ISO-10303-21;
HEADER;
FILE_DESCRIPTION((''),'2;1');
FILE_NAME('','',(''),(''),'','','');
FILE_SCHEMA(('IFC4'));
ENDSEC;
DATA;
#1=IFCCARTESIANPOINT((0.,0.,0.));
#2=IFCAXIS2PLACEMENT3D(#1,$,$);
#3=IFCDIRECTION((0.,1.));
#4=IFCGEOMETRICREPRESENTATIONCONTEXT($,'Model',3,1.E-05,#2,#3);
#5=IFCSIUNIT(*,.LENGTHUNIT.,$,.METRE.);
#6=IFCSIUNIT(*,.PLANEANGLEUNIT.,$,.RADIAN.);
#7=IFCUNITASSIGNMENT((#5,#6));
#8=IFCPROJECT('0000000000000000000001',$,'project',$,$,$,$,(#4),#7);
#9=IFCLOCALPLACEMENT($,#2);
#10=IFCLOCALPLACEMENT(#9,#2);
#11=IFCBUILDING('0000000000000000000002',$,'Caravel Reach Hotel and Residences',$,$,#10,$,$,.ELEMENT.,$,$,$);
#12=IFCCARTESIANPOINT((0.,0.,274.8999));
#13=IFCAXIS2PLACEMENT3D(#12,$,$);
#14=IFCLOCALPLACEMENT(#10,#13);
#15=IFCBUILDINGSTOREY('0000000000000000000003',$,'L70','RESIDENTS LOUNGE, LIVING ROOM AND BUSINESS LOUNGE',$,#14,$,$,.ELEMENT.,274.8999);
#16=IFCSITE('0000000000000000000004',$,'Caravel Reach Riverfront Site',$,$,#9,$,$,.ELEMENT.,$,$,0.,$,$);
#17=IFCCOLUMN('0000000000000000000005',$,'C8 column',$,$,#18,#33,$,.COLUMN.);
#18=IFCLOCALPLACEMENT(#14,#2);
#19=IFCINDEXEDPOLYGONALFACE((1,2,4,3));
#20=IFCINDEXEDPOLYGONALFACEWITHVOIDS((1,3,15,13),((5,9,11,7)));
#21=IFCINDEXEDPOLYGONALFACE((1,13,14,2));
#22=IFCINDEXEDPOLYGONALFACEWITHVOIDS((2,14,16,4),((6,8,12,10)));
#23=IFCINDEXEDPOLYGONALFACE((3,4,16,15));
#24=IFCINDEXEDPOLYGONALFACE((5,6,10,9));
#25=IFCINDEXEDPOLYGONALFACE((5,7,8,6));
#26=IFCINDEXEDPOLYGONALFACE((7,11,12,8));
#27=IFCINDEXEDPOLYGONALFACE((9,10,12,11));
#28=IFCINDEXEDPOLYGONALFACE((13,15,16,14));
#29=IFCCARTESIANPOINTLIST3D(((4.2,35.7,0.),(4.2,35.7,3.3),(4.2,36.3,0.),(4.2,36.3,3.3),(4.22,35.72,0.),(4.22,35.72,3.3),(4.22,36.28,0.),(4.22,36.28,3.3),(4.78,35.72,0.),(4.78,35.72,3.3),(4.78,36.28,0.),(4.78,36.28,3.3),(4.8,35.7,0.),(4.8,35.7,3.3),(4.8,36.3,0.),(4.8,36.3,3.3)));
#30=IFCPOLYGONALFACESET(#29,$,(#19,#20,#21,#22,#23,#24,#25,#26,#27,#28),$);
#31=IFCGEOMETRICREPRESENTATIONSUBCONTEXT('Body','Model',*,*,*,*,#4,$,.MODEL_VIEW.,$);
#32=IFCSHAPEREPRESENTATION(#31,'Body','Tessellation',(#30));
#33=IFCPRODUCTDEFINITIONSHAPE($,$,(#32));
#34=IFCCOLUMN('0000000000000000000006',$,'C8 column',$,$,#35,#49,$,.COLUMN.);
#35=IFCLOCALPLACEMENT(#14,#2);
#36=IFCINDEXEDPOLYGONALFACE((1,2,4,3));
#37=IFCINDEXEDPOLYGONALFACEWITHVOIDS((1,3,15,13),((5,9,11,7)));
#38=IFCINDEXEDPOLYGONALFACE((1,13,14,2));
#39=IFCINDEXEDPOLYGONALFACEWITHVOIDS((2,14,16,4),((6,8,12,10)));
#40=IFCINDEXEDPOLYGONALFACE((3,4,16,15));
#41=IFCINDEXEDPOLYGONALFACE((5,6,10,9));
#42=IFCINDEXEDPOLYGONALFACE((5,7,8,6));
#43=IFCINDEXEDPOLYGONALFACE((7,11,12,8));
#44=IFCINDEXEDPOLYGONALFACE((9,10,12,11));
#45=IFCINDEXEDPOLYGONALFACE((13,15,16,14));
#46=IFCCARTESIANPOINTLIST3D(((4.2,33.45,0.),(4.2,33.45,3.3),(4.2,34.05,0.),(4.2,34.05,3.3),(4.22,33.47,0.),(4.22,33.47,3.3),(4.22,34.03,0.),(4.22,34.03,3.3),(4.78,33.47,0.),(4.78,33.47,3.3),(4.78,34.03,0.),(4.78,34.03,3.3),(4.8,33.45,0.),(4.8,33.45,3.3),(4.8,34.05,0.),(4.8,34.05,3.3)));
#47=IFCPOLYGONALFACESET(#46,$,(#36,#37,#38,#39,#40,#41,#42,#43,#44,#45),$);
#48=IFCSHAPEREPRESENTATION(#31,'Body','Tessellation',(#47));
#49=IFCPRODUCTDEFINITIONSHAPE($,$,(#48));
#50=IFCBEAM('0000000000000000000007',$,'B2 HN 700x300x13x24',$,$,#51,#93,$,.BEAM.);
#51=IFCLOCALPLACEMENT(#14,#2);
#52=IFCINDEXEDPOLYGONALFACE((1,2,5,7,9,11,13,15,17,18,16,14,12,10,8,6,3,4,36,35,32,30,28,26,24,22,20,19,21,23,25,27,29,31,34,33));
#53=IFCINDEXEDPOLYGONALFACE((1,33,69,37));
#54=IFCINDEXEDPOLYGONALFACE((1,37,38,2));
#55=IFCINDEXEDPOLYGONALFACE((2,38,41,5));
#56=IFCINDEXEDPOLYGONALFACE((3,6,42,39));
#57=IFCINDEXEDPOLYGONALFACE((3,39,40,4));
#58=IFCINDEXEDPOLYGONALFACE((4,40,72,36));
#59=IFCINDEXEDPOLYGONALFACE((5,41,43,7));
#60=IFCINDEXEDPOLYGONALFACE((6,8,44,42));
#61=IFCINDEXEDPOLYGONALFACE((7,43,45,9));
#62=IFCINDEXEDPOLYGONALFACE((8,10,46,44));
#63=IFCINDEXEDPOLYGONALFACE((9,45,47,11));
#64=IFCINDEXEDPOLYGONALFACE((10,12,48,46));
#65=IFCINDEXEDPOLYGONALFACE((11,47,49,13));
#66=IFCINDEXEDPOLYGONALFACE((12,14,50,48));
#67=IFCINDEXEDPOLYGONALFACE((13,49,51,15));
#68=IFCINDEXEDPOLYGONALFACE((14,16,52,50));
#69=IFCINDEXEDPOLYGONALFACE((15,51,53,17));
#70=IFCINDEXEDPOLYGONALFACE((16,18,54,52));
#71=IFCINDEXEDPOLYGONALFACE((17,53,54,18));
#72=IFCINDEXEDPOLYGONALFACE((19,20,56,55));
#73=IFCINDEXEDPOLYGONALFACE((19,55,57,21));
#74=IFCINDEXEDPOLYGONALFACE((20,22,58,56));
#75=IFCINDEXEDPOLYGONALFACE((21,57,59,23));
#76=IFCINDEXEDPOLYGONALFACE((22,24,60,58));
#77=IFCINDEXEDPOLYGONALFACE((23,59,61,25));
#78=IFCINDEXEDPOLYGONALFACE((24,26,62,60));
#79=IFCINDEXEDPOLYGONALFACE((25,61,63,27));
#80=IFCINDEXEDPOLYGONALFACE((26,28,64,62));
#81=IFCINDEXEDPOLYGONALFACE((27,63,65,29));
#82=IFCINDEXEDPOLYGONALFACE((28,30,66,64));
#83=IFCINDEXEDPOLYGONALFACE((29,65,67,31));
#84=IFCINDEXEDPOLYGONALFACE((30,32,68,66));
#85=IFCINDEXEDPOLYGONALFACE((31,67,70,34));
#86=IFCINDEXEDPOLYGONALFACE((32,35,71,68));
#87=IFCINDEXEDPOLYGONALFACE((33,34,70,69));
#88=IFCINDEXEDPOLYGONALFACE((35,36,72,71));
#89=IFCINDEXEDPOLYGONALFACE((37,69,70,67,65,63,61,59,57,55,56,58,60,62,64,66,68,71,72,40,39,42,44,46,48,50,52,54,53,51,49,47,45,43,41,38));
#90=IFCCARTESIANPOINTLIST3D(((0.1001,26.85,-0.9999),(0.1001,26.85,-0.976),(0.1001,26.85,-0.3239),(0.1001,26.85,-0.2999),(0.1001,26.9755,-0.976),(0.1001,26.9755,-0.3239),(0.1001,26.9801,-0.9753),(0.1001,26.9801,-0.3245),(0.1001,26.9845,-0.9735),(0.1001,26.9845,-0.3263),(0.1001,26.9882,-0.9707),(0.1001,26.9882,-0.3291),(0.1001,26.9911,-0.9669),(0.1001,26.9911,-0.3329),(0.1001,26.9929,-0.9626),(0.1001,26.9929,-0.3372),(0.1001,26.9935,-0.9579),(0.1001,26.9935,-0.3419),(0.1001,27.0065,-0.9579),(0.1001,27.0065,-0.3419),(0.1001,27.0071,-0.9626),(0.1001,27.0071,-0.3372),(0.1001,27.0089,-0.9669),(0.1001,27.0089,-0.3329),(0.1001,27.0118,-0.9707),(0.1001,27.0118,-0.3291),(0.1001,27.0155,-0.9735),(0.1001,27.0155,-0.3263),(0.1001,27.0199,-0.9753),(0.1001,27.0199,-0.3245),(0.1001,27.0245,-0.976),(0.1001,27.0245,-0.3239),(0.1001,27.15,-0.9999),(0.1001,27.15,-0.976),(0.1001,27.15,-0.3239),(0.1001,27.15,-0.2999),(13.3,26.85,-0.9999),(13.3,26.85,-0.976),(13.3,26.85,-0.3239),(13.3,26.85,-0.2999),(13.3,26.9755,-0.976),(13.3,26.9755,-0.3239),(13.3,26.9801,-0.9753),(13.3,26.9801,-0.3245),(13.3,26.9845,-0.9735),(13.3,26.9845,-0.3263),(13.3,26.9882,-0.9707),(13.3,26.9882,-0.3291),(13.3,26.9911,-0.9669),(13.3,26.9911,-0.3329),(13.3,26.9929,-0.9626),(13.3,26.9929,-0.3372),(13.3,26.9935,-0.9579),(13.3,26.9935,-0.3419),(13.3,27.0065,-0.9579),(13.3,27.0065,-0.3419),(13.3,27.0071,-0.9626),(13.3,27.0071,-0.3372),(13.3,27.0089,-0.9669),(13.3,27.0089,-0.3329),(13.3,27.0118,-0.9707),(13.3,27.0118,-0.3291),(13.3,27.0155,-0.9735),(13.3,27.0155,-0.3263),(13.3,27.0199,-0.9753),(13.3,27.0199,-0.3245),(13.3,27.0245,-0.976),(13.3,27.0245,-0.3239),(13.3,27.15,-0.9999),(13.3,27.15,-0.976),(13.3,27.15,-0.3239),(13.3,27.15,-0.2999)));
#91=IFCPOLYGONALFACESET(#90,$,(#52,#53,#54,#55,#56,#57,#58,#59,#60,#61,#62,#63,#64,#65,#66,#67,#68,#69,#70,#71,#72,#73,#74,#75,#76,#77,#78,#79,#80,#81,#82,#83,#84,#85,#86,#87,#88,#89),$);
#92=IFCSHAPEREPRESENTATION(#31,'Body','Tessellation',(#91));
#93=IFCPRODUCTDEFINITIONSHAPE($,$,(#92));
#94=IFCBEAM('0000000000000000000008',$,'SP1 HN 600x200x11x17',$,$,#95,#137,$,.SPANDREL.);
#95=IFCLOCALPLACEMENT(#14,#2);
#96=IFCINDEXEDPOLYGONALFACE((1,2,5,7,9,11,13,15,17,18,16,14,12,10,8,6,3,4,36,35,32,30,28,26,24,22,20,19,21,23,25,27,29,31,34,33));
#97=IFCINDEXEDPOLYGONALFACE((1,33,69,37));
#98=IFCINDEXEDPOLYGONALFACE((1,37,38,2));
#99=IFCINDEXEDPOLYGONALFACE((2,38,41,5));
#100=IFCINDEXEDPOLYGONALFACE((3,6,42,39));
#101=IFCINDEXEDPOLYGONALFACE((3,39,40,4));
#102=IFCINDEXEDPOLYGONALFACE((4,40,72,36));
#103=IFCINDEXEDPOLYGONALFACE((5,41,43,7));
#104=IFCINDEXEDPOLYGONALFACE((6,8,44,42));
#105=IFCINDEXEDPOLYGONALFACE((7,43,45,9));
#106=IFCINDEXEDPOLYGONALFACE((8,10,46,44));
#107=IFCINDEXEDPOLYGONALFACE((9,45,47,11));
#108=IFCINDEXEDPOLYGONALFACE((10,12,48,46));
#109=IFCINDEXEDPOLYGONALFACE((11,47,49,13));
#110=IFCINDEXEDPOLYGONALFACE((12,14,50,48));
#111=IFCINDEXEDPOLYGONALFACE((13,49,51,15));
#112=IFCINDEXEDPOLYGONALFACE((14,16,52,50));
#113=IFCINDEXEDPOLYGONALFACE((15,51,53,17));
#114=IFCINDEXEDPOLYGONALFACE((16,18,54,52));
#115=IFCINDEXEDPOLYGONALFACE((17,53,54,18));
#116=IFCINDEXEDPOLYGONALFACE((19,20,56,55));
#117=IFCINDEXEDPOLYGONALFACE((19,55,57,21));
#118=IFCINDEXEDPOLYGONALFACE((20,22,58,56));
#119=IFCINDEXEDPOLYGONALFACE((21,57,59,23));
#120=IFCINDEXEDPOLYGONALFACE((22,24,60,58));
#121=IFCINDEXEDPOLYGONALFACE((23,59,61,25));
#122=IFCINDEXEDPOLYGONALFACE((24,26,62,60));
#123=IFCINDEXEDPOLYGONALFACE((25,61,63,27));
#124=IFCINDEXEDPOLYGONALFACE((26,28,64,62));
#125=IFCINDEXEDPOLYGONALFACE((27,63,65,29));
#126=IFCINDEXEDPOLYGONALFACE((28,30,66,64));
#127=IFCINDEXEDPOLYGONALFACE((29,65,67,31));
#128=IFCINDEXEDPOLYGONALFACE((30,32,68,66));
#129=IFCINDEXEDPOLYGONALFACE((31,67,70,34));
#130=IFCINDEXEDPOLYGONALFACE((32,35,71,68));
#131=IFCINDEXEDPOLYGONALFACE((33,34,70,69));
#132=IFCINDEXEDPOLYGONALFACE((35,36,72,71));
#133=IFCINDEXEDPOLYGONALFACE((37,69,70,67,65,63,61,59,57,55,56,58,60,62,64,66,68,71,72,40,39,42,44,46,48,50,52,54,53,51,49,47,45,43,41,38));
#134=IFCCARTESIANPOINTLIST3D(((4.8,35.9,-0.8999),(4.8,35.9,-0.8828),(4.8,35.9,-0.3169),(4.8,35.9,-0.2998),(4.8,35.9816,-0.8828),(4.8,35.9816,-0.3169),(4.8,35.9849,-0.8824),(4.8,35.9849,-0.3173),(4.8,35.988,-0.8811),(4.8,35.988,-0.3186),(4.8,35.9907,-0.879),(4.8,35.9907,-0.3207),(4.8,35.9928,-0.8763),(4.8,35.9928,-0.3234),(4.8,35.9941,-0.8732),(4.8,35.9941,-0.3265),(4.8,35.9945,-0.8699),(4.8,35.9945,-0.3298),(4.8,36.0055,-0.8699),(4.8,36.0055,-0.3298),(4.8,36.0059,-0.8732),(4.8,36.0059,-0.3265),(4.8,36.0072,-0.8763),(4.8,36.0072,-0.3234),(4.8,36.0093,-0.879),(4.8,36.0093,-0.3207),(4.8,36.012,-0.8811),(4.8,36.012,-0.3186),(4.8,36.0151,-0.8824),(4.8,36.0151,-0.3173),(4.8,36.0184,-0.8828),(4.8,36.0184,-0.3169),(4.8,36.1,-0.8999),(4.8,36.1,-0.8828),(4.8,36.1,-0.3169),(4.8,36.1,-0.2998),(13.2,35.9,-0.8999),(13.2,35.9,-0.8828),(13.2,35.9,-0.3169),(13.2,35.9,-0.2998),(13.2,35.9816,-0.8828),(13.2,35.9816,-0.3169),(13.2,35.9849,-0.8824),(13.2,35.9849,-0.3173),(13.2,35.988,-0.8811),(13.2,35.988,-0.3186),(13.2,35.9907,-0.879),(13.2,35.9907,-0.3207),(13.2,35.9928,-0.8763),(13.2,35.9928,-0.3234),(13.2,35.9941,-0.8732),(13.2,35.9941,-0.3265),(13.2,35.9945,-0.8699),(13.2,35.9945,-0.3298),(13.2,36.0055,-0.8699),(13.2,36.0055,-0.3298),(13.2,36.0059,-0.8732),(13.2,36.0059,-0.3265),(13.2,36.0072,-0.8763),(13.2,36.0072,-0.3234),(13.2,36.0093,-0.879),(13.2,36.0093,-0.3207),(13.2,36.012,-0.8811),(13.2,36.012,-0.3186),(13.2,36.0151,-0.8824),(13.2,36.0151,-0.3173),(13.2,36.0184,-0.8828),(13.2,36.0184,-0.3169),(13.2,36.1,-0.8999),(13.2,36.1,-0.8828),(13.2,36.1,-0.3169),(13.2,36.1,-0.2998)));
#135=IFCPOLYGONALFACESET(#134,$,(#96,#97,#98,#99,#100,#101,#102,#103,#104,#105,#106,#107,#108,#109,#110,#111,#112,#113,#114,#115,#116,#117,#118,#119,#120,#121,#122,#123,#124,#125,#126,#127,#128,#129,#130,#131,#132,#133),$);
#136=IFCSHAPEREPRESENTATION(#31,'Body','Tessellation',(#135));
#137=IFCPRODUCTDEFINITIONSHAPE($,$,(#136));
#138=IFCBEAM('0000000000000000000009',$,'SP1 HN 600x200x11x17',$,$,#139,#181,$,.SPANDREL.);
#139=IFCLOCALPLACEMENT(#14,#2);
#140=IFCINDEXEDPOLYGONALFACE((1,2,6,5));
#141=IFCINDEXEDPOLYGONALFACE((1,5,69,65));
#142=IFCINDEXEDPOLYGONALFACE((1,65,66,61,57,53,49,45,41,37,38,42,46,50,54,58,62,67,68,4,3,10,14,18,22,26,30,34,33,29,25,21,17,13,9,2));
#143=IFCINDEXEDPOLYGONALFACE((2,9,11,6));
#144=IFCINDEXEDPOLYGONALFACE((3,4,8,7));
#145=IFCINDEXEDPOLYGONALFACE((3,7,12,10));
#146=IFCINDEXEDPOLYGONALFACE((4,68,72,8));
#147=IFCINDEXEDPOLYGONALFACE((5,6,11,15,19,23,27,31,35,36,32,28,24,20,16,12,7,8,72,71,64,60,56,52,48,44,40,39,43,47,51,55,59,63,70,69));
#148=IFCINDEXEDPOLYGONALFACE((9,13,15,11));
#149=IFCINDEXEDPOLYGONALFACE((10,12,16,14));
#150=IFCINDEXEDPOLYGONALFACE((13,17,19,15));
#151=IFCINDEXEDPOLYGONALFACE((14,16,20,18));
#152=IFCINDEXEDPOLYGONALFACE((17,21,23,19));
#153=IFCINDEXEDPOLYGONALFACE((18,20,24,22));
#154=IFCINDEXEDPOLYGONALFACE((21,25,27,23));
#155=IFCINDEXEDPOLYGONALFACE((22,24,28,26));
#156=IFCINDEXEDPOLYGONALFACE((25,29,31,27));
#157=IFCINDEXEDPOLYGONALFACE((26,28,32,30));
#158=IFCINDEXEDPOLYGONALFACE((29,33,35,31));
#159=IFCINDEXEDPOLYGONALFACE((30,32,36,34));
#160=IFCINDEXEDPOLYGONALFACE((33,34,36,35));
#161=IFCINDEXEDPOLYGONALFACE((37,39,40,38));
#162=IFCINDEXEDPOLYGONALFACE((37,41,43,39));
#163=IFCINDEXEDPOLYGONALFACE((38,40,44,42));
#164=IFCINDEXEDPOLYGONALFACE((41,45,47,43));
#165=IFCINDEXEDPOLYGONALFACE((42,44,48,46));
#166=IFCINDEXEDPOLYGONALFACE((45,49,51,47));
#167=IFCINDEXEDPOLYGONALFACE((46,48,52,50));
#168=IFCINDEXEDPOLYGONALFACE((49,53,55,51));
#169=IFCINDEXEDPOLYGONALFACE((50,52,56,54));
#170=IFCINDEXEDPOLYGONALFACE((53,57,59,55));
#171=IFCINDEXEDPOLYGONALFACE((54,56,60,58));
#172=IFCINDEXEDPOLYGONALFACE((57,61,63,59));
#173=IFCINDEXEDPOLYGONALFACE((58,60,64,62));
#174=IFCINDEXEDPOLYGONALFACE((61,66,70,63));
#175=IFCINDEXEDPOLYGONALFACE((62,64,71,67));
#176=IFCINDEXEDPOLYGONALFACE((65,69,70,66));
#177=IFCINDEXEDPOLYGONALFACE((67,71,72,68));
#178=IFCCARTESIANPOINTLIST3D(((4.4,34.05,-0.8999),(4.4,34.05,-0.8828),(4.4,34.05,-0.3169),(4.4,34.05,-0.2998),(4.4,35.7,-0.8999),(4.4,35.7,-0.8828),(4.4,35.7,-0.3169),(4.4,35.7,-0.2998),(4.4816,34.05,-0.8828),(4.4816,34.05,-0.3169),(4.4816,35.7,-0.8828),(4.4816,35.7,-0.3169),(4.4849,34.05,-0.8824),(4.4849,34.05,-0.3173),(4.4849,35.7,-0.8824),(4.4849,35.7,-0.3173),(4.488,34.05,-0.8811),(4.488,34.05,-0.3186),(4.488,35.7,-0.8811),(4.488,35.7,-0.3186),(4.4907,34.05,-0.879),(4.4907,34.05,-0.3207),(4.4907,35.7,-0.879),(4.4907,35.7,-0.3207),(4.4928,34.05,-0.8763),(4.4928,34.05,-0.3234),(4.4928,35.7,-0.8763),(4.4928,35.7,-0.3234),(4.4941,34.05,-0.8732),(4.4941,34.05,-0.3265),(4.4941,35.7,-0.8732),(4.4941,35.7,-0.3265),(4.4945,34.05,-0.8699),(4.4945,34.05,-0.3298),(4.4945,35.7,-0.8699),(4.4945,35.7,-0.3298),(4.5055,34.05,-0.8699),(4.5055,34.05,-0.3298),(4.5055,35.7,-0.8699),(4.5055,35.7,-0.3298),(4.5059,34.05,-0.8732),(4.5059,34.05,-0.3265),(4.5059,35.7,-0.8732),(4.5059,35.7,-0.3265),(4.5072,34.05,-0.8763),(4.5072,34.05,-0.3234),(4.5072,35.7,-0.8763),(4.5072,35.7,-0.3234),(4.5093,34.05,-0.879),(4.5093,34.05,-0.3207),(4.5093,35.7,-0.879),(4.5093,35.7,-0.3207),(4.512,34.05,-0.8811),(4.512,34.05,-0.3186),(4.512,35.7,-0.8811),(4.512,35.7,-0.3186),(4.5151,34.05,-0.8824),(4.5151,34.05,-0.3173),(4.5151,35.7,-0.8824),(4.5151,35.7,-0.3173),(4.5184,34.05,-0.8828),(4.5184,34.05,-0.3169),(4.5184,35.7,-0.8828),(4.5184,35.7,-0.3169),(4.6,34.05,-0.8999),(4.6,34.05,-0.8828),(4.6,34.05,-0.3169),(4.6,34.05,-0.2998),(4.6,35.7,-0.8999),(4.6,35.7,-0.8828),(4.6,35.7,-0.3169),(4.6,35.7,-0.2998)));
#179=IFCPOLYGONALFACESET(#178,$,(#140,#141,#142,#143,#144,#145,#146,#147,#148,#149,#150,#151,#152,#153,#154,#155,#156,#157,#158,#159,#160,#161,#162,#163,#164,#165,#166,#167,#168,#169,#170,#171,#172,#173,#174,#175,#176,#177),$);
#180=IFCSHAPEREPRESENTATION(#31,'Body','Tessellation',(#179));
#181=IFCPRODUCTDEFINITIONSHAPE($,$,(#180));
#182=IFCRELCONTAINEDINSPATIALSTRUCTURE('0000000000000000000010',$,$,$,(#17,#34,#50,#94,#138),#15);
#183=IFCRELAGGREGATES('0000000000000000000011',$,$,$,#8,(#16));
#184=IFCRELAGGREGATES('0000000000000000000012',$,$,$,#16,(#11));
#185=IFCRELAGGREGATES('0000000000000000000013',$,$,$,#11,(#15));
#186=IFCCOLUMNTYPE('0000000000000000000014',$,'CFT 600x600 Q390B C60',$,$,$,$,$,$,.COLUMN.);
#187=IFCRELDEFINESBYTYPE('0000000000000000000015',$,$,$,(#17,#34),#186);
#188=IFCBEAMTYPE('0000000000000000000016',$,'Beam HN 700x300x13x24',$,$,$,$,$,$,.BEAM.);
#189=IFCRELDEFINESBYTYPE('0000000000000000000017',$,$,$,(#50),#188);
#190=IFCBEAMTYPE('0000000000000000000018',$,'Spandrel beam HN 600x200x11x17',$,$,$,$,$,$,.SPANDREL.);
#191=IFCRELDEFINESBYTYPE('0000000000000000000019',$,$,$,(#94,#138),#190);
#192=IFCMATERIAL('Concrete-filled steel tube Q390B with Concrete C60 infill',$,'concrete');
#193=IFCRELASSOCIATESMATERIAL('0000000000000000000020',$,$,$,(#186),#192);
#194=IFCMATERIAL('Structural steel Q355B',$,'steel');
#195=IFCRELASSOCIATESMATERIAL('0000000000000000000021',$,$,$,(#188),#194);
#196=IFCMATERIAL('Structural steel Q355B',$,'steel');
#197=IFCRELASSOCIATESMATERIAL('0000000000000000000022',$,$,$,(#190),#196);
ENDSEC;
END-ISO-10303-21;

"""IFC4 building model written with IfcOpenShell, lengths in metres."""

from ifc_helpers import new_model, si_unit, direction, frame, origin, origin_2d, place, context, subcontext, project, spatial, hollow_rectangle, i_section, extrude, material, material_profile, profile_set, type_object, element, save


model = new_model("IFC4")

# Units and contexts
model_context = context("Model", 3, precision=1e-05, world=origin(), true_north=direction((0.0, 1.0)))
body_context = subcontext(model_context, "Body", "Model", "MODEL_VIEW")
ifc_project = project(units=[si_unit("LENGTHUNIT", "METRE"), si_unit("PLANEANGLEUNIT", "RADIAN")], contexts=[model_context])

# Site, building, storey
site_placement = place(None, origin())
site = spatial("IfcSite", under=ifc_project, at=site_placement, Name="Caravel Reach Riverfront Site", CompositionType="ELEMENT", RefElevation=0.0)
building_placement = place(site_placement, origin())
building = spatial("IfcBuilding", under=site, at=building_placement, Name="Caravel Reach Hotel and Residences", CompositionType="ELEMENT")
storey_placement = place(building_placement, frame((0.0, 0.0, 274.8999)))
storey = spatial("IfcBuildingStorey", under=building, at=storey_placement, Name="L70", Description="RESIDENTS LOUNGE, LIVING ROOM AND BUSINESS LOUNGE", CompositionType="ELEMENT", Elevation=274.8999)

# Columns
ifc_material_1 = material(Name="Concrete-filled steel tube Q390B with Concrete C60 infill", Category="concrete")
ifc_material_profile_1 = material_profile(ifc_material_1, hollow_rectangle(XDim=0.6001, YDim=0.6001, WallThickness=0.02, at=origin_2d()), Name="RHS 600x600x20")
ifc_profile_set_1 = profile_set([ifc_material_profile_1], Name="Concrete-filled steel tube Q390B with Concrete C60 infill")
column_type = type_object("IfcColumnType", Name="CFT 600x600 Q390B C60", PredefinedType="COLUMN", material=ifc_profile_set_1)
for number, where, z_axis, x_axis, name in (
    (1, (4.5, 36.0, 0.0), (0.0, 0.0, 1.0), (1.0, 0.0, 0.0), "C8 column"),
    (2, (4.5, 33.75, 0.0), (0.0, 0.0, 1.0), (1.0, 0.0, 0.0), "C8 column"),
):
    element("IfcColumn", number, at=place(storey_placement, frame(where, z_axis=z_axis, x_axis=x_axis)), inside=storey, type_object=column_type, Name=name, PredefinedType="COLUMN", context=body_context, shape_type="SweptSolid", body=[
        extrude(hollow_rectangle(XDim=0.6001, YDim=0.6001, WallThickness=0.02, at=origin_2d()), origin(), (0.0, 0.0, 1.0), 3.3),
    ])

# Beams
ifc_material_2 = material(Name="Structural steel Q355B", Category="steel")
ifc_material_profile_2 = material_profile(ifc_material_2, i_section(OverallWidth=0.3, OverallDepth=0.7, WebThickness=0.0129, FlangeThickness=0.0239, FilletRadius=0.0181, at=origin_2d()), Name="HN 700x300x13x24")
ifc_profile_set_2 = profile_set([ifc_material_profile_2], Name="Structural steel Q355B")
beam_type_1 = type_object("IfcBeamType", Name="Beam HN 700x300x13x24", PredefinedType="BEAM", material=ifc_profile_set_2)
beam_1_placement = place(storey_placement, frame((13.3, 27.0, -0.6499), z_axis=(-1.0, 0.0, 0.0), x_axis=(0.0, -1.0, 0.0)))
element("IfcBeam", 3, at=beam_1_placement, inside=storey, type_object=beam_type_1, Name="B2 HN 700x300x13x24", PredefinedType="BEAM", context=body_context, shape_type="SweptSolid", body=[
    extrude(i_section(OverallWidth=0.3, OverallDepth=0.7, WebThickness=0.0129, FlangeThickness=0.0239, FilletRadius=0.0181, at=origin_2d()), origin(), (0.0, 0.0, 1.0), 13.2),
])
ifc_material_3 = material(Name="Structural steel Q355B", Category="steel")
ifc_material_profile_3 = material_profile(ifc_material_3, i_section(OverallWidth=0.2, OverallDepth=0.6001, WebThickness=0.011, FlangeThickness=0.0171, FilletRadius=0.0129, at=origin_2d()), Name="HN 600x200x11x17")
ifc_profile_set_3 = profile_set([ifc_material_profile_3], Name="Structural steel Q355B")
beam_type_2 = type_object("IfcBeamType", Name="Spandrel beam HN 600x200x11x17", PredefinedType="SPANDREL", material=ifc_profile_set_3)
beam_2_placement = place(storey_placement, frame((13.2, 36.0, -0.5999), z_axis=(-1.0, 0.0, 0.0), x_axis=(0.0, -1.0, 0.0)))
element("IfcBeam", 4, at=beam_2_placement, inside=storey, type_object=beam_type_2, Name="SP1 HN 600x200x11x17", PredefinedType="SPANDREL", context=body_context, shape_type="SweptSolid", body=[
    extrude(i_section(OverallWidth=0.2, OverallDepth=0.6001, WebThickness=0.011, FlangeThickness=0.0171, FilletRadius=0.0129, at=origin_2d()), origin(), (0.0, 0.0, 1.0), 8.3999),
])
beam_3_placement = place(storey_placement, frame((4.5, 35.7, -0.5999), z_axis=(0.0, -1.0, 0.0), x_axis=(1.0, 0.0, 0.0)))
element("IfcBeam", 5, at=beam_3_placement, inside=storey, type_object=beam_type_2, Name="SP1 HN 600x200x11x17", PredefinedType="SPANDREL", context=body_context, shape_type="SweptSolid", body=[
    extrude(i_section(OverallWidth=0.2, OverallDepth=0.6001, WebThickness=0.011, FlangeThickness=0.0171, FilletRadius=0.0129, at=origin_2d()), origin(), (0.0, 0.0, 1.0), 1.6499),
])

save(model, "model.ifc")
